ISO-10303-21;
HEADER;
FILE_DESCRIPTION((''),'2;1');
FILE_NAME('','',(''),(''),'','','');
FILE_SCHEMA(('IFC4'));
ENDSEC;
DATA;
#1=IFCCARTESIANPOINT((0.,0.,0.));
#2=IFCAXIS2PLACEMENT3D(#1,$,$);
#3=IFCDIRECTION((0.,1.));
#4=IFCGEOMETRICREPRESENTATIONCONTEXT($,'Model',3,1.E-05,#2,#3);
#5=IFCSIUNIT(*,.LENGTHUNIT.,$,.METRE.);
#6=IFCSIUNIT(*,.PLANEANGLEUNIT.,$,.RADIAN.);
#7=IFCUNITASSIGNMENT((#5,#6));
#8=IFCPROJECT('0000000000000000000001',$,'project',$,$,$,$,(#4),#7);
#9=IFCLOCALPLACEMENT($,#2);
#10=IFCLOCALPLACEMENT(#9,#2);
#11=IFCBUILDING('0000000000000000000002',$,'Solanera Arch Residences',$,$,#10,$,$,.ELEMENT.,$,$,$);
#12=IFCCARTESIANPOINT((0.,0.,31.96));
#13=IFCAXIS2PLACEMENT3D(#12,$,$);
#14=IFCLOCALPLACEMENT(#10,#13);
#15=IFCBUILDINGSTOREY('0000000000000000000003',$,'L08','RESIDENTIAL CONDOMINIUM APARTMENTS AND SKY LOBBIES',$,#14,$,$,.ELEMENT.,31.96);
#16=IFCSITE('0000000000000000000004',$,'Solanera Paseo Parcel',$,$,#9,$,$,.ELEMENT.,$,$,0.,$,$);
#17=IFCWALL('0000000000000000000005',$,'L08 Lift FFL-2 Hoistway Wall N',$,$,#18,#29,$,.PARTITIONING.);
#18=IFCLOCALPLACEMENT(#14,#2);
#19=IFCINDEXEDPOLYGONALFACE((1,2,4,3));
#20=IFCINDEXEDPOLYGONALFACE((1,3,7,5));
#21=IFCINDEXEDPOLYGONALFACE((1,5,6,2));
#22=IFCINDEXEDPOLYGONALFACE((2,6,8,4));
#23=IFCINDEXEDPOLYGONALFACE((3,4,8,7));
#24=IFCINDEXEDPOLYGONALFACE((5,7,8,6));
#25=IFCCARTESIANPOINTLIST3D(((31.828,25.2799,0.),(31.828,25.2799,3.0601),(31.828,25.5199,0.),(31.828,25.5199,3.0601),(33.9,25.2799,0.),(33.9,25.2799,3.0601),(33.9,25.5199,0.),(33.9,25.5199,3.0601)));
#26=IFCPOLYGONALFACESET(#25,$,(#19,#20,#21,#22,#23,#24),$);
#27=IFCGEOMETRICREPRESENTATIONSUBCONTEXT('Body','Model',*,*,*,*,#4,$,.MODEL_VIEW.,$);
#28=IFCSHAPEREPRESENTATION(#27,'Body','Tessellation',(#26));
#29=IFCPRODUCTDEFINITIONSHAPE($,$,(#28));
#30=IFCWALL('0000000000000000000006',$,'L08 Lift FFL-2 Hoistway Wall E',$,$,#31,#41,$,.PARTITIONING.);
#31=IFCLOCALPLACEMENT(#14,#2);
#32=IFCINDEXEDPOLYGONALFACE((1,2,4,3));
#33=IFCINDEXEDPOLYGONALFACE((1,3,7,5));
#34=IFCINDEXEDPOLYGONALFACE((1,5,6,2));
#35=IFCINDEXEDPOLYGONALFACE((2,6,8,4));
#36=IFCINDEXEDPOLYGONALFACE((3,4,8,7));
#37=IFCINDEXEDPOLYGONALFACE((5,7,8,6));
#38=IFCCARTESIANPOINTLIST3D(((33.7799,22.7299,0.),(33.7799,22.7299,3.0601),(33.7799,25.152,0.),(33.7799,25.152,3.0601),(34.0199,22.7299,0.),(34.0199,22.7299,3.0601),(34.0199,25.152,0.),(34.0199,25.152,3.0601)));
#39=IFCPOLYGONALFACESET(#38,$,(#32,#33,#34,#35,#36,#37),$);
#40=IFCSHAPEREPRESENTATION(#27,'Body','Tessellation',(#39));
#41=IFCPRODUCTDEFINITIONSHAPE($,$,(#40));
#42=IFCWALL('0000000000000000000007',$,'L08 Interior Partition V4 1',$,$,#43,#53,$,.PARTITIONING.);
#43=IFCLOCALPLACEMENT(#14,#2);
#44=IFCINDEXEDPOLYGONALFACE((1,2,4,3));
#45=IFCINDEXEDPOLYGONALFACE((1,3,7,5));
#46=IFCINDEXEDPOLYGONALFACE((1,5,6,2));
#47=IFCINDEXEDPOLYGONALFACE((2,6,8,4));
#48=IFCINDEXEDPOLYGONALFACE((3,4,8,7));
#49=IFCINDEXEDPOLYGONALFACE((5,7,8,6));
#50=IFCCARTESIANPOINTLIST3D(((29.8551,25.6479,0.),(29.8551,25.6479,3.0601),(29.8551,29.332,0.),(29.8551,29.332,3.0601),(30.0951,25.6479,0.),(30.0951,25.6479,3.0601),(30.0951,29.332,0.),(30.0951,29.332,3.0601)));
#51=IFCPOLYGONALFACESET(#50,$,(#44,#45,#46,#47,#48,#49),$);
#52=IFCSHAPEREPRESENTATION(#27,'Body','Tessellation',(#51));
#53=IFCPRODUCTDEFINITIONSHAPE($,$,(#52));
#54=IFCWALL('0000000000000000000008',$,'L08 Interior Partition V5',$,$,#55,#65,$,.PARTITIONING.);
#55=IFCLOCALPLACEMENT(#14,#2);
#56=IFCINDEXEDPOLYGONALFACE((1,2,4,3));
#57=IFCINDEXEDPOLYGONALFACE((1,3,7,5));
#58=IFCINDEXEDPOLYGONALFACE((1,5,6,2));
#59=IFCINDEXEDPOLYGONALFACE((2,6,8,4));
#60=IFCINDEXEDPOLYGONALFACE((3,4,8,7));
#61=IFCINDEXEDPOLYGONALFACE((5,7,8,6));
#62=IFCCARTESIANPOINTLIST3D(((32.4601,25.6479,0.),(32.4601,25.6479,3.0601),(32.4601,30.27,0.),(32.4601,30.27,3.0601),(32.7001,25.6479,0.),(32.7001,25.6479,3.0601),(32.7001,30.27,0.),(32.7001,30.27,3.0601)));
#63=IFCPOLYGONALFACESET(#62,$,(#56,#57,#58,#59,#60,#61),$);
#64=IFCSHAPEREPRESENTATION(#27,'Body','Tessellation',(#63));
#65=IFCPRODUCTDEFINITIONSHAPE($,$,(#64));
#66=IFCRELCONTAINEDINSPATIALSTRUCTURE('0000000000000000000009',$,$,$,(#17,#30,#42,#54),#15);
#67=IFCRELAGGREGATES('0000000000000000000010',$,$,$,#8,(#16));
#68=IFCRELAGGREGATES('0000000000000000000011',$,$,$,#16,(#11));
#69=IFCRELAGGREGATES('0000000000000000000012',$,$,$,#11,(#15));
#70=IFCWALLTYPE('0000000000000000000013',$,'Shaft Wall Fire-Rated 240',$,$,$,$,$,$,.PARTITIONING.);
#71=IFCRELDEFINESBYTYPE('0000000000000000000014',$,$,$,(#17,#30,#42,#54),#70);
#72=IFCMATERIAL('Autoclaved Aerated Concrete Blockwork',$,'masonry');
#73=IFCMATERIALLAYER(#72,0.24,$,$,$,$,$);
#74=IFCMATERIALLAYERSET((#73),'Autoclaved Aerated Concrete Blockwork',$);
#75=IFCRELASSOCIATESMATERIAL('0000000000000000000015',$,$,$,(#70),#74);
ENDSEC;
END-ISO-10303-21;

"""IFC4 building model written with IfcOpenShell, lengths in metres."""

from ifc_helpers import new_model, si_unit, direction, frame, frame_2d, origin, place, context, subcontext, project, spatial, rectangle, extrude, material, layer, layer_set, type_object, element, save


model = new_model("IFC4")

# Units and contexts
model_context = context("Model", 3, precision=1e-05, world=origin(), true_north=direction((0.0, 1.0)))
body_context = subcontext(model_context, "Body", "Model", "MODEL_VIEW")
ifc_project = project(units=[si_unit("LENGTHUNIT", "METRE"), si_unit("PLANEANGLEUNIT", "RADIAN")], contexts=[model_context])

# Site, building, storey
site_placement = place(None, origin())
site = spatial("IfcSite", under=ifc_project, at=site_placement, Name="Solanera Paseo Parcel", CompositionType="ELEMENT", RefElevation=0.0)
building_placement = place(site_placement, origin())
building = spatial("IfcBuilding", under=site, at=building_placement, Name="Solanera Arch Residences", CompositionType="ELEMENT")
storey_placement = place(building_placement, frame((0.0, 0.0, 31.96)))
storey = spatial("IfcBuildingStorey", under=building, at=storey_placement, Name="L08", Description="RESIDENTIAL CONDOMINIUM APARTMENTS AND SKY LOBBIES", CompositionType="ELEMENT", Elevation=31.96)

# Walls
ifc_material_1 = material(Name="Autoclaved Aerated Concrete Blockwork", Category="masonry")
ifc_layer_1 = layer(ifc_material_1, 0.24)
ifc_layer_set_1 = layer_set([ifc_layer_1], Name="Autoclaved Aerated Concrete Blockwork")
wall_type_1 = type_object("IfcWallType", Name="Shaft Wall Fire-Rated 240", PredefinedType="PARTITIONING", material=ifc_layer_set_1)
wall_1_placement = place(storey_placement, frame((31.8279, 25.3999, 0.0), z_axis=(0.0, 0.0, 1.0), x_axis=(1.0, 0.0, 0.0)))
element("IfcWall", 1, at=wall_1_placement, inside=storey, type_object=wall_type_1, Name="L08 Lift FFL-2 Hoistway Wall N", PredefinedType="PARTITIONING", context=body_context, shape_type="SweptSolid", body=[
    extrude(rectangle(XDim=2.072, YDim=0.24, at=frame_2d((1.0361, 0.0))), origin(), (0.0, 0.0, 1.0), 3.0601),
])
wall_2_placement = place(storey_placement, frame((33.8999, 22.73, 0.0), z_axis=(0.0, 0.0, 1.0), x_axis=(0.0, 1.0, 0.0)))
element("IfcWall", 2, at=wall_2_placement, inside=storey, type_object=wall_type_1, Name="L08 Lift FFL-2 Hoistway Wall E", PredefinedType="PARTITIONING", context=body_context, shape_type="SweptSolid", body=[
    extrude(rectangle(XDim=2.4221, YDim=0.24, at=frame_2d((1.2109, 0.0))), origin(), (0.0, 0.0, 1.0), 3.0601),
])
wall_3_placement = place(storey_placement, frame((29.9751, 25.6479, 0.0), z_axis=(0.0, 0.0, 1.0), x_axis=(0.0, 1.0, 0.0)))
element("IfcWall", 3, at=wall_3_placement, inside=storey, type_object=wall_type_1, Name="L08 Interior Partition V4 1", PredefinedType="PARTITIONING", context=body_context, shape_type="SweptSolid", body=[
    extrude(rectangle(XDim=3.6841, YDim=0.24, at=frame_2d((1.842, 0.0))), origin(), (0.0, 0.0, 1.0), 3.0601),
])

# Wall
wall_4_placement = place(storey_placement, frame((32.5801, 25.6479, 0.0), z_axis=(0.0, 0.0, 1.0), x_axis=(0.0, 1.0, 0.0)))
element("IfcWall", 4, at=wall_4_placement, inside=storey, type_object=wall_type_1, Name="L08 Interior Partition V5", PredefinedType="PARTITIONING", context=body_context, shape_type="SweptSolid", body=[
    extrude(rectangle(XDim=4.6221, YDim=0.24, at=frame_2d((2.311, 0.0))), origin(), (0.0, 0.0, 1.0), 3.0601),
])

save(model, "model.ifc")
